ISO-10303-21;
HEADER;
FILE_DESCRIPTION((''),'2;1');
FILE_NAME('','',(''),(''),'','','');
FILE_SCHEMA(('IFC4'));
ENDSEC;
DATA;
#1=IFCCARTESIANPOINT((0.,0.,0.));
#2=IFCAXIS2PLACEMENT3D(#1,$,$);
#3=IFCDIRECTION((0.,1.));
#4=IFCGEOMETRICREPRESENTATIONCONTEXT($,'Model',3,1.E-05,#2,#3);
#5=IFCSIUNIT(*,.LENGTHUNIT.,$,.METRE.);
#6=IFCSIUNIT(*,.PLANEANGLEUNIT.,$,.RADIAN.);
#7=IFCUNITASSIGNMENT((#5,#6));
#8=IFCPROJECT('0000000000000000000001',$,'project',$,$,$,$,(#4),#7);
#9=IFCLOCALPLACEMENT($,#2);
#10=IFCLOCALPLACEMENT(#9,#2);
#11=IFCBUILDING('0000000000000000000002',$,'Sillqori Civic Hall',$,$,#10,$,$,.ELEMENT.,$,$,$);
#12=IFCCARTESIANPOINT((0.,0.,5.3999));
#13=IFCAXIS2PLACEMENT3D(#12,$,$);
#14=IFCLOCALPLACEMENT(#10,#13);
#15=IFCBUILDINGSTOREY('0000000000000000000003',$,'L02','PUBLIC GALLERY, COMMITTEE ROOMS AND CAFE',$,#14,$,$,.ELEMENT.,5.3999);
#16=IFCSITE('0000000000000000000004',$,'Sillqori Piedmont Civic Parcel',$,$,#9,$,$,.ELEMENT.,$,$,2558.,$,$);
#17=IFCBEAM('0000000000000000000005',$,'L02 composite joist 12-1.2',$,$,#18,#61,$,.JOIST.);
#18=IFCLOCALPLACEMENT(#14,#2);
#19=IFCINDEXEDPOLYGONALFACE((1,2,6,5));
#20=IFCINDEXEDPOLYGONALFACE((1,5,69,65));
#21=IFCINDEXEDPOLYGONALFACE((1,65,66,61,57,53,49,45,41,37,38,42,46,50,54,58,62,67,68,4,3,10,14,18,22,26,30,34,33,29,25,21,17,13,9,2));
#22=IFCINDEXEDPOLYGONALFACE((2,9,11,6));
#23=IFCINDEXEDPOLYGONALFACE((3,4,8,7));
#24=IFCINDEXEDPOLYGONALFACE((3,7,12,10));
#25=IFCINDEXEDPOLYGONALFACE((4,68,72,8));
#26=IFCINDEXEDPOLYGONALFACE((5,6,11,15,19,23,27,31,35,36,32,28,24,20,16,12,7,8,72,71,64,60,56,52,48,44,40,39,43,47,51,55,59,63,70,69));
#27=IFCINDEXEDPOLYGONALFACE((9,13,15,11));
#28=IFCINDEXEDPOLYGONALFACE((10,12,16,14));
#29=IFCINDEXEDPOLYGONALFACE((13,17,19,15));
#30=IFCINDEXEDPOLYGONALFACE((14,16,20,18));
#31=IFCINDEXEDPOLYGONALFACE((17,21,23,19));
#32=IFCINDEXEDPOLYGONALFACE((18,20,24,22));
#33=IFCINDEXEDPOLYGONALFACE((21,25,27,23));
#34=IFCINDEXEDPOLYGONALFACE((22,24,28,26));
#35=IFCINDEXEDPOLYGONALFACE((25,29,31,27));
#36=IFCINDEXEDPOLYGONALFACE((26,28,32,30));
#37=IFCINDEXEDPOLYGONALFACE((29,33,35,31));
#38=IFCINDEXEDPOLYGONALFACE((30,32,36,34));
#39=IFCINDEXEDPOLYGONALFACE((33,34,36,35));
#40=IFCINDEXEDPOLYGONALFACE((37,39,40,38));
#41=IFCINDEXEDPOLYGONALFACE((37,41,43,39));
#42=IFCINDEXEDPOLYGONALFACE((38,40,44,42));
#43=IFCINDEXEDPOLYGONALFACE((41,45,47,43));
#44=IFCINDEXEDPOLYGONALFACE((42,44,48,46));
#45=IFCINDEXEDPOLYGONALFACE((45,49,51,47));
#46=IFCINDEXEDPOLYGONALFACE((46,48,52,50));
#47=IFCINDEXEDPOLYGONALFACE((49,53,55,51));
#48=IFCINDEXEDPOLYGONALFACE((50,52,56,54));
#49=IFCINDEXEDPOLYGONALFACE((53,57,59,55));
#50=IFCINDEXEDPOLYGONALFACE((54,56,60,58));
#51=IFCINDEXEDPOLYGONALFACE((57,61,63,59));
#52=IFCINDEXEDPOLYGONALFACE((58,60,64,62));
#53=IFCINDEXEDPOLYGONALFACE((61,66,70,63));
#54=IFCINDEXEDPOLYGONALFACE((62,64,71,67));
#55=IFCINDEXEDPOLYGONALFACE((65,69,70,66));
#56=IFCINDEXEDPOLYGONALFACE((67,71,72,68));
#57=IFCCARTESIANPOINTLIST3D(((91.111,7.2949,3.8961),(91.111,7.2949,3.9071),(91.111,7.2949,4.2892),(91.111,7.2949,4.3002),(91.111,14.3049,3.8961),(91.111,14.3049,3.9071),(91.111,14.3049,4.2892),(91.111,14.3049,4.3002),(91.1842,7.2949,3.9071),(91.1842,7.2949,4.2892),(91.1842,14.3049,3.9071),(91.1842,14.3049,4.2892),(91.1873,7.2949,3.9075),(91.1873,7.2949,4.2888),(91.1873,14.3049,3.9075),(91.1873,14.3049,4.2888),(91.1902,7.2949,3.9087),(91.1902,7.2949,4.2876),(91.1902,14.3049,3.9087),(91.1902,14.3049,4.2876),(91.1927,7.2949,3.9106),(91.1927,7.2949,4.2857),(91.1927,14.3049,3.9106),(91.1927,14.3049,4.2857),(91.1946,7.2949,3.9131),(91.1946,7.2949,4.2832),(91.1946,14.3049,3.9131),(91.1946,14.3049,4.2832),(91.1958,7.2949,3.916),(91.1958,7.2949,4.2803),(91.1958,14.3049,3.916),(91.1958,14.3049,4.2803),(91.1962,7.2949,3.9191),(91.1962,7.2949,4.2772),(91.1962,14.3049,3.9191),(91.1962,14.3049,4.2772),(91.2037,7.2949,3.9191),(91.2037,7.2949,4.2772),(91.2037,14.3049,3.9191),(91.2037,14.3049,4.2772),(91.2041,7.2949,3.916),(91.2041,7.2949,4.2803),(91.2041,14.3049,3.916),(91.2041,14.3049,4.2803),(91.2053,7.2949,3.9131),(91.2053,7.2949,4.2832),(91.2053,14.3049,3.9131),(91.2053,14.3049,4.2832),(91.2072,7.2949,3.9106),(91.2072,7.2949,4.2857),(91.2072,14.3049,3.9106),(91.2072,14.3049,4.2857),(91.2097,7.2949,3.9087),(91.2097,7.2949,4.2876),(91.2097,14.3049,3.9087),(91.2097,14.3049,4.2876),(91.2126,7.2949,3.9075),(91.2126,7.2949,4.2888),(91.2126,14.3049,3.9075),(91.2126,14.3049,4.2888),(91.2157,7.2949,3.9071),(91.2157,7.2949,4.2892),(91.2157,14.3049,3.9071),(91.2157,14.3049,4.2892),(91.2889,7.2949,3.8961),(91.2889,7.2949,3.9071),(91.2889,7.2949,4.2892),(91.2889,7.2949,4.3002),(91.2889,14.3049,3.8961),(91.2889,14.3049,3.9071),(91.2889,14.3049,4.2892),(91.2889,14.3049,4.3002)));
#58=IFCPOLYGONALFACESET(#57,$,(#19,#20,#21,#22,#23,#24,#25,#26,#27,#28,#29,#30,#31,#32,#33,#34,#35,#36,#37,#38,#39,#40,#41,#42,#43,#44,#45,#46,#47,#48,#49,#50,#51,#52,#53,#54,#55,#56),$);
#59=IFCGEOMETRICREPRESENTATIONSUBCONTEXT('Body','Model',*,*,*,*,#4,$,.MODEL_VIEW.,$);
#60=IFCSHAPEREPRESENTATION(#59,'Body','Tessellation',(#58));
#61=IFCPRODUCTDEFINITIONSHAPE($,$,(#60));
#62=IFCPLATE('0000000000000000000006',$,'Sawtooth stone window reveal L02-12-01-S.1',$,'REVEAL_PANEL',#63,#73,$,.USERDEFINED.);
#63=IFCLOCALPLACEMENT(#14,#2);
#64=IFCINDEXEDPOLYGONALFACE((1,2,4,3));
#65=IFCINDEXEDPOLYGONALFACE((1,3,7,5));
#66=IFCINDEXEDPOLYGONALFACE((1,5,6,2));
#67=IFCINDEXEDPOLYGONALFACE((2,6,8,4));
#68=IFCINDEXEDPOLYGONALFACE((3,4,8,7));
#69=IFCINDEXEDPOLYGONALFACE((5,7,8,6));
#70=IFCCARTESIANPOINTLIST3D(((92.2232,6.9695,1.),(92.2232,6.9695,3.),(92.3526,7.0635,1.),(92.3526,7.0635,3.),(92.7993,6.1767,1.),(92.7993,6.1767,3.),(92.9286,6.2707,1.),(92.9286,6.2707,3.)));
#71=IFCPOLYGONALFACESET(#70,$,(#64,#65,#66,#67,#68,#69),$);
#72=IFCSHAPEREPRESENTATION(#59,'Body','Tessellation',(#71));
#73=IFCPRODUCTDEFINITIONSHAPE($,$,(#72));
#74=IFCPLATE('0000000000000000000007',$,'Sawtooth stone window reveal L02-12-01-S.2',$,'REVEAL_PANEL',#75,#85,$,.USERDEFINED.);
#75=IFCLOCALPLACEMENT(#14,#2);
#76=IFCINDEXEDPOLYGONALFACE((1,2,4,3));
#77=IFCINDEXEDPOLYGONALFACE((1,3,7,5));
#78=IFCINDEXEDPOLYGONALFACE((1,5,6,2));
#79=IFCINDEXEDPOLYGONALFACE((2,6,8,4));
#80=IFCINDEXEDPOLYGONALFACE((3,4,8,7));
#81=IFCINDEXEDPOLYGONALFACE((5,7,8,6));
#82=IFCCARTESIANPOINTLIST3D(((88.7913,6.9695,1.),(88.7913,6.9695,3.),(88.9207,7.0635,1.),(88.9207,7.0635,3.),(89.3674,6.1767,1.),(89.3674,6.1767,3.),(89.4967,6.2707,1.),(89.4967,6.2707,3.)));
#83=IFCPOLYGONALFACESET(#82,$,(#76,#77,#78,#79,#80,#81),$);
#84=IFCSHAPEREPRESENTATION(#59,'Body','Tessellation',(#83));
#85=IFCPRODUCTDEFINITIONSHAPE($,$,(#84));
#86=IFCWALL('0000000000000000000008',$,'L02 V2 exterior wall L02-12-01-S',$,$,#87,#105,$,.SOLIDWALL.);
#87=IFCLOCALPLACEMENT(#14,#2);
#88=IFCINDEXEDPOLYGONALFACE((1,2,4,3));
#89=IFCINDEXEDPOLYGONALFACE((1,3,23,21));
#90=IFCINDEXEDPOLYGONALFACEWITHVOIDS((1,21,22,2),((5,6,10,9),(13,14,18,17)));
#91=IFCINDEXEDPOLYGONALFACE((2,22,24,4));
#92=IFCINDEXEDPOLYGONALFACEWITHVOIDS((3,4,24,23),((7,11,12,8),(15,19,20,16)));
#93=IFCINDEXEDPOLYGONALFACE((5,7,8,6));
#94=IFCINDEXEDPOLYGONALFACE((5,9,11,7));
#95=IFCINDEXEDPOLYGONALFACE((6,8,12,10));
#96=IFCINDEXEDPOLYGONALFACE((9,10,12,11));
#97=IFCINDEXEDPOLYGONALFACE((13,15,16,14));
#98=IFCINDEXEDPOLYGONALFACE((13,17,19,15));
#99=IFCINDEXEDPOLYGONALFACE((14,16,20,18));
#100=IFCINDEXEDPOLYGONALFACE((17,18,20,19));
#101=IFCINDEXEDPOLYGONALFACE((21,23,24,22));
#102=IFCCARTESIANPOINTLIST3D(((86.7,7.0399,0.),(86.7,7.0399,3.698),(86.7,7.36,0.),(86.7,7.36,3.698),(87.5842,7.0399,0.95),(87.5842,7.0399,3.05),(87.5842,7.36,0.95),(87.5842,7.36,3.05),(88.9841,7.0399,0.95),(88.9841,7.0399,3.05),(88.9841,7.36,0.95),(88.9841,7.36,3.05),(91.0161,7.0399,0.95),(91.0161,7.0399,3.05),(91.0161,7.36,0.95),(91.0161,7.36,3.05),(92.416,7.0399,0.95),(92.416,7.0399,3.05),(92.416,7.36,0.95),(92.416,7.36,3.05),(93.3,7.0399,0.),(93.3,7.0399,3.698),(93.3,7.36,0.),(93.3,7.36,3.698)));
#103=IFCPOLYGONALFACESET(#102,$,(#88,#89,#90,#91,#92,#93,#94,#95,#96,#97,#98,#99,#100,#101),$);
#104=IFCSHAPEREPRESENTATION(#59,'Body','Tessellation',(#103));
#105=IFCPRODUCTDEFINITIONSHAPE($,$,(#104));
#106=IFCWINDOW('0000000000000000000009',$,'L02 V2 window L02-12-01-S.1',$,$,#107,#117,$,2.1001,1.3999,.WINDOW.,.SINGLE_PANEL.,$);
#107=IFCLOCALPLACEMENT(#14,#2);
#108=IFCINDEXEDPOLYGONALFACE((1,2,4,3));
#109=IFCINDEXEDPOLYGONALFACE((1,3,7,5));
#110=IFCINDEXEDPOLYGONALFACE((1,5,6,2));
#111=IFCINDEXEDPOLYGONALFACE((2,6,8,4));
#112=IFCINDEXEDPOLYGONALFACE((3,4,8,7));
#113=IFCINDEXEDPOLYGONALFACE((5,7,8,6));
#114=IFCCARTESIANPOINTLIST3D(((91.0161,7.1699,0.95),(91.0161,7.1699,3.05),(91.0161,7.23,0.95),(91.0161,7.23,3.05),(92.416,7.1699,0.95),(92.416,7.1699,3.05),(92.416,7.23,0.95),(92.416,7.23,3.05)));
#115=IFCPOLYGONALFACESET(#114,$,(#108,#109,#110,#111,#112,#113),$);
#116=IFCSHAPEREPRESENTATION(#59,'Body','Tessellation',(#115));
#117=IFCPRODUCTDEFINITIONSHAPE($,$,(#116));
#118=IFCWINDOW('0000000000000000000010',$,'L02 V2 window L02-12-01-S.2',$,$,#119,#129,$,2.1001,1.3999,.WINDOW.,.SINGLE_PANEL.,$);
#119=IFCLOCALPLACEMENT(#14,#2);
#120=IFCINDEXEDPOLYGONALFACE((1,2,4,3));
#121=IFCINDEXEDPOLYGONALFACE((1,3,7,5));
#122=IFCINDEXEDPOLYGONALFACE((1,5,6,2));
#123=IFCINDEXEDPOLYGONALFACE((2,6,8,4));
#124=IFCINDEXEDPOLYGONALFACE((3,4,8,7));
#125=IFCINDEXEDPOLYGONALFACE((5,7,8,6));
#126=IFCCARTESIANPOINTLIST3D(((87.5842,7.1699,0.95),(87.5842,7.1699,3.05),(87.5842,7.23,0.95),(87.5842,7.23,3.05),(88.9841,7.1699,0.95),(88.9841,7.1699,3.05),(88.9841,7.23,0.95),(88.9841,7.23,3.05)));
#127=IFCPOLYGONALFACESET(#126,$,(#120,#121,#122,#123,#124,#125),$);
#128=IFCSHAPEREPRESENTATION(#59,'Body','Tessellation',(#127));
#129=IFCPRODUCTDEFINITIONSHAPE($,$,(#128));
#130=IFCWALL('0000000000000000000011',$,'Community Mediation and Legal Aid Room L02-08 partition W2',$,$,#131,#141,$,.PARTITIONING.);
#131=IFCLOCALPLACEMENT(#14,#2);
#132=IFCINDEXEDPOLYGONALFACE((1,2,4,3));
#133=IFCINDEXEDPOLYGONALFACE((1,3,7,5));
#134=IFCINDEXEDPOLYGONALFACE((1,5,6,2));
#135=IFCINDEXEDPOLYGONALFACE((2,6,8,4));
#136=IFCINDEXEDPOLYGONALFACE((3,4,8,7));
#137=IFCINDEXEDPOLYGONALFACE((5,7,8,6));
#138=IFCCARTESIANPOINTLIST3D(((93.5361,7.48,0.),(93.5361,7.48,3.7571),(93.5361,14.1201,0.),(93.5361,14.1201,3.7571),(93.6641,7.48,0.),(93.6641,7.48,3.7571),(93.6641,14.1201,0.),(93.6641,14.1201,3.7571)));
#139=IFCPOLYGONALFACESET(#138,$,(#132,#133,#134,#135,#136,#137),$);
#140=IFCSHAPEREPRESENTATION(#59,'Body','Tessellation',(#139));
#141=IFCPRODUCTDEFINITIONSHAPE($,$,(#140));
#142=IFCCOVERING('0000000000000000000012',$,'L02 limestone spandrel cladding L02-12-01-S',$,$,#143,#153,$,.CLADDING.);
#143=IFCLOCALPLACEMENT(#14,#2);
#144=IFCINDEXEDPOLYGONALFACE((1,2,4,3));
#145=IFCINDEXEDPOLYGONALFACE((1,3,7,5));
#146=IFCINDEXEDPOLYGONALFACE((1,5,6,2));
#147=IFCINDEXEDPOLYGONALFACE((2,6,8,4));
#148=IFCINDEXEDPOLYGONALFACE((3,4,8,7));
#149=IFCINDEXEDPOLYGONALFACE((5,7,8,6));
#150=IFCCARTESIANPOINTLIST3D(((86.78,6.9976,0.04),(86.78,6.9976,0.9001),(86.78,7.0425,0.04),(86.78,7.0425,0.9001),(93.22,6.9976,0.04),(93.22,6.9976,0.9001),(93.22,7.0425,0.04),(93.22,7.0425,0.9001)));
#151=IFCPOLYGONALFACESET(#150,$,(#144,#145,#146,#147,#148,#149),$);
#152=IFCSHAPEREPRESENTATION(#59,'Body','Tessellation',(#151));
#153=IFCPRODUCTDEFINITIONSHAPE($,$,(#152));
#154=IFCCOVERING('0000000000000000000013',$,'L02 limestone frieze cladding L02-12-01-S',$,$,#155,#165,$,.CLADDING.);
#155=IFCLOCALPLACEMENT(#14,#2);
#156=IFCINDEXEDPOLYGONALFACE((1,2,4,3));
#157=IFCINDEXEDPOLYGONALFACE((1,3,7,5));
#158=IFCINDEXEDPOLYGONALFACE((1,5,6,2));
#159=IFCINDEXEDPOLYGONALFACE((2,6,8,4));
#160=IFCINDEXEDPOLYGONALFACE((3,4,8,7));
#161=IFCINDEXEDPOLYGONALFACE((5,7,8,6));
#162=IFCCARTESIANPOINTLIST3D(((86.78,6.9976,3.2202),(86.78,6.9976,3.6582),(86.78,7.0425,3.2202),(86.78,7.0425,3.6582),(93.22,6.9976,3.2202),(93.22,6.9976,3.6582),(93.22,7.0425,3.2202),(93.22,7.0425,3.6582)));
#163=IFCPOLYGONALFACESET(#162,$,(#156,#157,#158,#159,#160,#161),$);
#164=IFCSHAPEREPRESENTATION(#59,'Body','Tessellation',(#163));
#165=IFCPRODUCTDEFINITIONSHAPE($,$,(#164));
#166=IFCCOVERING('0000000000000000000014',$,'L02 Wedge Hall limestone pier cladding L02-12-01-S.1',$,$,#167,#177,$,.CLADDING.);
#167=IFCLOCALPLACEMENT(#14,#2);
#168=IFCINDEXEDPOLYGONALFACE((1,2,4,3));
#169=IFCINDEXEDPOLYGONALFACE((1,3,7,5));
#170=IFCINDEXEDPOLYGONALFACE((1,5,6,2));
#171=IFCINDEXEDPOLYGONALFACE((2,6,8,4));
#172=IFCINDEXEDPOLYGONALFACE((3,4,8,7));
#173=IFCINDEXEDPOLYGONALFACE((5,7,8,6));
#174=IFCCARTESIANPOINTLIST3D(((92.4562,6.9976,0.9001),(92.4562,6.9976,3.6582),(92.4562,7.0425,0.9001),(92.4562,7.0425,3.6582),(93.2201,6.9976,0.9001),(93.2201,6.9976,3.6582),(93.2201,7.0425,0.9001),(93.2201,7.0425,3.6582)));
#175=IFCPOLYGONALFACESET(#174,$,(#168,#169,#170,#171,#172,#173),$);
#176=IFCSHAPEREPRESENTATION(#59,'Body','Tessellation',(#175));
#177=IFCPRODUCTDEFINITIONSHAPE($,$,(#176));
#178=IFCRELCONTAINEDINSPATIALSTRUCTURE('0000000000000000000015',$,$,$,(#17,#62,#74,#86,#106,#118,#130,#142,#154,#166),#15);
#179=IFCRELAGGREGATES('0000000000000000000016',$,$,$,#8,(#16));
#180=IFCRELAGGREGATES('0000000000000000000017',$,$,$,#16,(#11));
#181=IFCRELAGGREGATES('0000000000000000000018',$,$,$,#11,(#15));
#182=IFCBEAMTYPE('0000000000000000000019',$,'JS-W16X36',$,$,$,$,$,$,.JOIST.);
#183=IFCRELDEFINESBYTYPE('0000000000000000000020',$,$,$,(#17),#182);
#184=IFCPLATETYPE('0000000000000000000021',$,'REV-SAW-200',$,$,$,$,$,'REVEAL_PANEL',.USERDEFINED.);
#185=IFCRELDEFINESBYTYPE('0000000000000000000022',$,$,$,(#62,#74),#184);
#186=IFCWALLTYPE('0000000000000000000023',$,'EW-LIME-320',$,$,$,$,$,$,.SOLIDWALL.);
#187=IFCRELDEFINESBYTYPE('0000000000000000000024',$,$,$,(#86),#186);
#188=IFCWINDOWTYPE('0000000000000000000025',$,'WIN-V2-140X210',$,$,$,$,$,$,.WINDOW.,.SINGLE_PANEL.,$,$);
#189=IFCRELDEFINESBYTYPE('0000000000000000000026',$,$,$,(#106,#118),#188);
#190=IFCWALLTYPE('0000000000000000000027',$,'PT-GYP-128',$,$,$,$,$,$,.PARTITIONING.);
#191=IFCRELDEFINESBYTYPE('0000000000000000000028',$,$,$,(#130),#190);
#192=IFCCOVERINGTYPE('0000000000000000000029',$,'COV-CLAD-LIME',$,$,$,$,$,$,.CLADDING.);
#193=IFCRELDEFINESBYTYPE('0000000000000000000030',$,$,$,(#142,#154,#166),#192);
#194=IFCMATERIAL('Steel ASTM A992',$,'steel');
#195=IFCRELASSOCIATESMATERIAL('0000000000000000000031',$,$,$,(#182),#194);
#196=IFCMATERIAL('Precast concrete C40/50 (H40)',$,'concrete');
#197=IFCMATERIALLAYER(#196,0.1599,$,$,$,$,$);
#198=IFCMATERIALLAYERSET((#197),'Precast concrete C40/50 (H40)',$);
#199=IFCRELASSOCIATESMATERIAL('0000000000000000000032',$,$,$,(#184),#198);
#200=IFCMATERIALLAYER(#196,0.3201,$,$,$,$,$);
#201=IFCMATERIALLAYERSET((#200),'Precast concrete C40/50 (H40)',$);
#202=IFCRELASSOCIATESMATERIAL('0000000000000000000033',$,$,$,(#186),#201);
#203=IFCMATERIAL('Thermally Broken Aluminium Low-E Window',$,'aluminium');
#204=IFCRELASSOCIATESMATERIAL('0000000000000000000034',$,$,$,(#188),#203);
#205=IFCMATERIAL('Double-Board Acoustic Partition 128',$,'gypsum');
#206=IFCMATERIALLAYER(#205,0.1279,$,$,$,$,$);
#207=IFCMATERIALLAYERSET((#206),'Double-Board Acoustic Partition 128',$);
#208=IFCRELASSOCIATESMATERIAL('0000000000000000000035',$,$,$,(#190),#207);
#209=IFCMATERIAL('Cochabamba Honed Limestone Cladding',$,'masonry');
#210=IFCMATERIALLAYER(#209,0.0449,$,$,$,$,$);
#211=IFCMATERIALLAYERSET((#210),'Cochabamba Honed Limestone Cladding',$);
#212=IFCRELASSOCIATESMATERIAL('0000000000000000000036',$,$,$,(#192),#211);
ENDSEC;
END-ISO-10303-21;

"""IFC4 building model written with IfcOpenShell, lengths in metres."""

from ifc_helpers import new_model, si_unit, direction, frame, frame_2d, origin, origin_2d, place, context, subcontext, project, spatial, rectangle, i_section, extrude, material, layer, layer_set, material_profile, profile_set, type_object, element, fill, save


model = new_model("IFC4")

# Units and contexts
model_context = context("Model", 3, precision=1e-05, world=origin(), true_north=direction((0.0, 1.0)))
body_context = subcontext(model_context, "Body", "Model", "MODEL_VIEW")
ifc_project = project(units=[si_unit("LENGTHUNIT", "METRE"), si_unit("PLANEANGLEUNIT", "RADIAN")], contexts=[model_context])

# Site, building, storey
site_placement = place(None, origin())
site = spatial("IfcSite", under=ifc_project, at=site_placement, Name="Sillqori Piedmont Civic Parcel", CompositionType="ELEMENT", RefElevation=2558.0)
building_placement = place(site_placement, origin())
building = spatial("IfcBuilding", under=site, at=building_placement, Name="Sillqori Civic Hall", CompositionType="ELEMENT")
storey_placement = place(building_placement, frame((0.0, 0.0, 5.3999)))
storey = spatial("IfcBuildingStorey", under=building, at=storey_placement, Name="L02", Description="PUBLIC GALLERY, COMMITTEE ROOMS AND CAFE", CompositionType="ELEMENT", Elevation=5.3999)

# Beam
ifc_material_1 = material(Name="Steel ASTM A992", Category="steel")
ifc_material_profile_1 = material_profile(ifc_material_1, i_section(OverallWidth=0.178, OverallDepth=0.4041, WebThickness=0.0076, FlangeThickness=0.011, FilletRadius=0.012, at=origin_2d()), Name="W16X36")
ifc_profile_set_1 = profile_set([ifc_material_profile_1], Name="Steel ASTM A992")
beam_type_1 = type_object("IfcBeamType", Name="JS-W16X36", PredefinedType="JOIST", material=ifc_profile_set_1)
for number, where, z_axis, x_axis, name in (
    (1, (91.2, 7.2949, 4.0981), (0.0, 1.0, 0.0), (-1.0, 0.0, 0.0), "L02 composite joist 12-1.2"),
):
    element("IfcBeam", number, at=place(storey_placement, frame(where, z_axis=z_axis, x_axis=x_axis)), inside=storey, type_object=beam_type_1, Name=name, PredefinedType="JOIST", context=body_context, shape_type="SweptSolid", body=[
        extrude(i_section(OverallWidth=0.178, OverallDepth=0.4041, WebThickness=0.0076, FlangeThickness=0.011, FilletRadius=0.012, at=origin_2d()), origin(), (0.0, 0.0, 1.0), 7.01),
    ])

# Plates
ifc_material_2 = material(Name="Precast concrete C40/50 (H40)", Category="concrete")
ifc_layer_1 = layer(ifc_material_2, 0.1599)
ifc_layer_set_1 = layer_set([ifc_layer_1], Name="Precast concrete C40/50 (H40)")
plate_type = type_object("IfcPlateType", Name="REV-SAW-200", ElementType="REVEAL_PANEL", PredefinedType="USERDEFINED", material=ifc_layer_set_1)
for number, where, z_axis, x_axis, name in (
    (2, (92.5759, 6.6201, 1.0), (0.0, 0.0, 1.0), (-0.809017, -0.587785, 0.0), "Sawtooth stone window reveal L02-12-01-S.1"),
    (3, (89.144, 6.6201, 1.0), (0.0, 0.0, 1.0), (-0.809017, -0.587785, 0.0), "Sawtooth stone window reveal L02-12-01-S.2"),
):
    element("IfcPlate", number, at=place(storey_placement, frame(where, z_axis=z_axis, x_axis=x_axis)), inside=storey, type_object=plate_type, Name=name, ObjectType="REVEAL_PANEL", PredefinedType="USERDEFINED", context=body_context, shape_type="SweptSolid", body=[
        extrude(rectangle(XDim=0.1599, YDim=0.98, at=origin_2d()), origin(), (0.0, 0.0, 1.0), 2.0),
    ])

# Wall, openings, windows
ifc_layer_2 = layer(ifc_material_2, 0.3201)
ifc_layer_set_2 = layer_set([ifc_layer_2], Name="Precast concrete C40/50 (H40)")
wall_type_1 = type_object("IfcWallType", Name="EW-LIME-320", PredefinedType="SOLIDWALL", material=ifc_layer_set_2)
wall_1_placement = place(storey_placement, frame((93.3, 7.2, 0.0), z_axis=(0.0, 0.0, 1.0), x_axis=(-1.0, 0.0, 0.0)))
wall_1 = element("IfcWall", 4, at=wall_1_placement, inside=storey, type_object=wall_type_1, Name="L02 V2 exterior wall L02-12-01-S", PredefinedType="SOLIDWALL", context=body_context, shape_type="SweptSolid", body=[
    extrude(rectangle(XDim=6.6001, YDim=0.3201, at=frame_2d((3.3, 0.0))), origin(), (0.0, 0.0, 1.0), 3.698),
])
opening_1_placement = place(wall_1_placement, frame((0.884, 0.0, 0.95)))
opening_1 = element("IfcOpeningElement", 5, at=opening_1_placement, cuts=wall_1, PredefinedType="OPENING", context=body_context, shape_type="SweptSolid", body=[
    extrude(rectangle(XDim=1.3999, YDim=2.1001, at=frame_2d((0.7, 1.05))), frame((0.0, 0.1699, 0.0), z_axis=(0.0, -1.0, 0.0), x_axis=(1.0, 0.0, 0.0)), (0.0, 0.0, 1.0), 0.3401),
])
opening_2_placement = place(wall_1_placement, frame((4.3159, 0.0, 0.95)))
opening_2 = element("IfcOpeningElement", 6, at=opening_2_placement, cuts=wall_1, PredefinedType="OPENING", context=body_context, shape_type="SweptSolid", body=[
    extrude(rectangle(XDim=1.3999, YDim=2.1001, at=frame_2d((0.7, 1.05))), frame((0.0, 0.1699, 0.0), z_axis=(0.0, -1.0, 0.0), x_axis=(1.0, 0.0, 0.0)), (0.0, 0.0, 1.0), 0.3401),
])
ifc_material_3 = material(Name="Thermally Broken Aluminium Low-E Window", Category="aluminium")
window_type = type_object("IfcWindowType", Name="WIN-V2-140X210", PartitioningType="SINGLE_PANEL", PredefinedType="WINDOW", material=ifc_material_3)
window_1_placement = place(opening_1_placement, origin())
window_1 = element("IfcWindow", 7, at=window_1_placement, inside=storey, type_object=window_type, Name="L02 V2 window L02-12-01-S.1", OverallHeight=2.1001, OverallWidth=1.3999, PartitioningType="SINGLE_PANEL", PredefinedType="WINDOW", context=body_context, shape_type="SweptSolid", body=[
    extrude(rectangle(XDim=1.3999, YDim=2.1001, at=frame_2d((0.7, 1.05))), frame((0.0, 0.03, 0.0), z_axis=(0.0, -1.0, 0.0), x_axis=(1.0, 0.0, 0.0)), (0.0, 0.0, 1.0), 0.0601),
])
fill(opening_1, window_1)
window_2_placement = place(opening_2_placement, origin())
window_2 = element("IfcWindow", 8, at=window_2_placement, inside=storey, type_object=window_type, Name="L02 V2 window L02-12-01-S.2", OverallHeight=2.1001, OverallWidth=1.3999, PartitioningType="SINGLE_PANEL", PredefinedType="WINDOW", context=body_context, shape_type="SweptSolid", body=[
    extrude(rectangle(XDim=1.3999, YDim=2.1001, at=frame_2d((0.7, 1.05))), frame((0.0, 0.03, 0.0), z_axis=(0.0, -1.0, 0.0), x_axis=(1.0, 0.0, 0.0)), (0.0, 0.0, 1.0), 0.0601),
])
fill(opening_2, window_2)

# Wall
ifc_material_4 = material(Name="Double-Board Acoustic Partition 128", Category="gypsum")
ifc_layer_3 = layer(ifc_material_4, 0.1279)
ifc_layer_set_3 = layer_set([ifc_layer_3], Name="Double-Board Acoustic Partition 128")
wall_type_2 = type_object("IfcWallType", Name="PT-GYP-128", PredefinedType="PARTITIONING", material=ifc_layer_set_3)
wall_2_placement = place(storey_placement, frame((93.6001, 7.48, 0.0), z_axis=(0.0, 0.0, 1.0), x_axis=(0.0, 1.0, 0.0)))
element("IfcWall", 9, at=wall_2_placement, inside=storey, type_object=wall_type_2, Name="Community Mediation and Legal Aid Room L02-08 partition W2", PredefinedType="PARTITIONING", context=body_context, shape_type="SweptSolid", body=[
    extrude(rectangle(XDim=6.6401, YDim=0.1279, at=frame_2d((3.3201, 0.0))), origin(), (0.0, 0.0, 1.0), 3.7571),
])

# Coverings
ifc_material_5 = material(Name="Cochabamba Honed Limestone Cladding", Category="masonry")
ifc_layer_4 = layer(ifc_material_5, 0.0449)
ifc_layer_set_4 = layer_set([ifc_layer_4], Name="Cochabamba Honed Limestone Cladding")
covering_type = type_object("IfcCoveringType", Name="COV-CLAD-LIME", PredefinedType="CLADDING", material=ifc_layer_set_4)
covering_1_placement = place(storey_placement, frame((93.22, 7.02, 0.04), z_axis=(0.0, 0.0, 1.0), x_axis=(-1.0, 0.0, 0.0)))
element("IfcCovering", 10, at=covering_1_placement, inside=storey, type_object=covering_type, Name="L02 limestone spandrel cladding L02-12-01-S", PredefinedType="CLADDING", context=body_context, shape_type="SweptSolid", body=[
    extrude(rectangle(XDim=6.4399, YDim=0.0449, at=frame_2d((3.22, 0.0))), origin(), (0.0, 0.0, 1.0), 0.8601),
])
covering_2_placement = place(storey_placement, frame((93.22, 7.02, 3.2202), z_axis=(0.0, 0.0, 1.0), x_axis=(-1.0, 0.0, 0.0)))
element("IfcCovering", 11, at=covering_2_placement, inside=storey, type_object=covering_type, Name="L02 limestone frieze cladding L02-12-01-S", PredefinedType="CLADDING", context=body_context, shape_type="SweptSolid", body=[
    extrude(rectangle(XDim=6.4399, YDim=0.0449, at=frame_2d((3.22, 0.0))), origin(), (0.0, 0.0, 1.0), 0.438),
])
covering_3_placement = place(storey_placement, frame((93.22, 7.02, 0.9001), z_axis=(0.0, 0.0, 1.0), x_axis=(-1.0, 0.0, 0.0)))
element("IfcCovering", 12, at=covering_3_placement, inside=storey, type_object=covering_type, Name="L02 Wedge Hall limestone pier cladding L02-12-01-S.1", PredefinedType="CLADDING", context=body_context, shape_type="SweptSolid", body=[
    extrude(rectangle(XDim=0.7639, YDim=0.0449, at=frame_2d((0.3818, 0.0))), origin(), (0.0, 0.0, 1.0), 2.7581),
])

save(model, "model.ifc")
